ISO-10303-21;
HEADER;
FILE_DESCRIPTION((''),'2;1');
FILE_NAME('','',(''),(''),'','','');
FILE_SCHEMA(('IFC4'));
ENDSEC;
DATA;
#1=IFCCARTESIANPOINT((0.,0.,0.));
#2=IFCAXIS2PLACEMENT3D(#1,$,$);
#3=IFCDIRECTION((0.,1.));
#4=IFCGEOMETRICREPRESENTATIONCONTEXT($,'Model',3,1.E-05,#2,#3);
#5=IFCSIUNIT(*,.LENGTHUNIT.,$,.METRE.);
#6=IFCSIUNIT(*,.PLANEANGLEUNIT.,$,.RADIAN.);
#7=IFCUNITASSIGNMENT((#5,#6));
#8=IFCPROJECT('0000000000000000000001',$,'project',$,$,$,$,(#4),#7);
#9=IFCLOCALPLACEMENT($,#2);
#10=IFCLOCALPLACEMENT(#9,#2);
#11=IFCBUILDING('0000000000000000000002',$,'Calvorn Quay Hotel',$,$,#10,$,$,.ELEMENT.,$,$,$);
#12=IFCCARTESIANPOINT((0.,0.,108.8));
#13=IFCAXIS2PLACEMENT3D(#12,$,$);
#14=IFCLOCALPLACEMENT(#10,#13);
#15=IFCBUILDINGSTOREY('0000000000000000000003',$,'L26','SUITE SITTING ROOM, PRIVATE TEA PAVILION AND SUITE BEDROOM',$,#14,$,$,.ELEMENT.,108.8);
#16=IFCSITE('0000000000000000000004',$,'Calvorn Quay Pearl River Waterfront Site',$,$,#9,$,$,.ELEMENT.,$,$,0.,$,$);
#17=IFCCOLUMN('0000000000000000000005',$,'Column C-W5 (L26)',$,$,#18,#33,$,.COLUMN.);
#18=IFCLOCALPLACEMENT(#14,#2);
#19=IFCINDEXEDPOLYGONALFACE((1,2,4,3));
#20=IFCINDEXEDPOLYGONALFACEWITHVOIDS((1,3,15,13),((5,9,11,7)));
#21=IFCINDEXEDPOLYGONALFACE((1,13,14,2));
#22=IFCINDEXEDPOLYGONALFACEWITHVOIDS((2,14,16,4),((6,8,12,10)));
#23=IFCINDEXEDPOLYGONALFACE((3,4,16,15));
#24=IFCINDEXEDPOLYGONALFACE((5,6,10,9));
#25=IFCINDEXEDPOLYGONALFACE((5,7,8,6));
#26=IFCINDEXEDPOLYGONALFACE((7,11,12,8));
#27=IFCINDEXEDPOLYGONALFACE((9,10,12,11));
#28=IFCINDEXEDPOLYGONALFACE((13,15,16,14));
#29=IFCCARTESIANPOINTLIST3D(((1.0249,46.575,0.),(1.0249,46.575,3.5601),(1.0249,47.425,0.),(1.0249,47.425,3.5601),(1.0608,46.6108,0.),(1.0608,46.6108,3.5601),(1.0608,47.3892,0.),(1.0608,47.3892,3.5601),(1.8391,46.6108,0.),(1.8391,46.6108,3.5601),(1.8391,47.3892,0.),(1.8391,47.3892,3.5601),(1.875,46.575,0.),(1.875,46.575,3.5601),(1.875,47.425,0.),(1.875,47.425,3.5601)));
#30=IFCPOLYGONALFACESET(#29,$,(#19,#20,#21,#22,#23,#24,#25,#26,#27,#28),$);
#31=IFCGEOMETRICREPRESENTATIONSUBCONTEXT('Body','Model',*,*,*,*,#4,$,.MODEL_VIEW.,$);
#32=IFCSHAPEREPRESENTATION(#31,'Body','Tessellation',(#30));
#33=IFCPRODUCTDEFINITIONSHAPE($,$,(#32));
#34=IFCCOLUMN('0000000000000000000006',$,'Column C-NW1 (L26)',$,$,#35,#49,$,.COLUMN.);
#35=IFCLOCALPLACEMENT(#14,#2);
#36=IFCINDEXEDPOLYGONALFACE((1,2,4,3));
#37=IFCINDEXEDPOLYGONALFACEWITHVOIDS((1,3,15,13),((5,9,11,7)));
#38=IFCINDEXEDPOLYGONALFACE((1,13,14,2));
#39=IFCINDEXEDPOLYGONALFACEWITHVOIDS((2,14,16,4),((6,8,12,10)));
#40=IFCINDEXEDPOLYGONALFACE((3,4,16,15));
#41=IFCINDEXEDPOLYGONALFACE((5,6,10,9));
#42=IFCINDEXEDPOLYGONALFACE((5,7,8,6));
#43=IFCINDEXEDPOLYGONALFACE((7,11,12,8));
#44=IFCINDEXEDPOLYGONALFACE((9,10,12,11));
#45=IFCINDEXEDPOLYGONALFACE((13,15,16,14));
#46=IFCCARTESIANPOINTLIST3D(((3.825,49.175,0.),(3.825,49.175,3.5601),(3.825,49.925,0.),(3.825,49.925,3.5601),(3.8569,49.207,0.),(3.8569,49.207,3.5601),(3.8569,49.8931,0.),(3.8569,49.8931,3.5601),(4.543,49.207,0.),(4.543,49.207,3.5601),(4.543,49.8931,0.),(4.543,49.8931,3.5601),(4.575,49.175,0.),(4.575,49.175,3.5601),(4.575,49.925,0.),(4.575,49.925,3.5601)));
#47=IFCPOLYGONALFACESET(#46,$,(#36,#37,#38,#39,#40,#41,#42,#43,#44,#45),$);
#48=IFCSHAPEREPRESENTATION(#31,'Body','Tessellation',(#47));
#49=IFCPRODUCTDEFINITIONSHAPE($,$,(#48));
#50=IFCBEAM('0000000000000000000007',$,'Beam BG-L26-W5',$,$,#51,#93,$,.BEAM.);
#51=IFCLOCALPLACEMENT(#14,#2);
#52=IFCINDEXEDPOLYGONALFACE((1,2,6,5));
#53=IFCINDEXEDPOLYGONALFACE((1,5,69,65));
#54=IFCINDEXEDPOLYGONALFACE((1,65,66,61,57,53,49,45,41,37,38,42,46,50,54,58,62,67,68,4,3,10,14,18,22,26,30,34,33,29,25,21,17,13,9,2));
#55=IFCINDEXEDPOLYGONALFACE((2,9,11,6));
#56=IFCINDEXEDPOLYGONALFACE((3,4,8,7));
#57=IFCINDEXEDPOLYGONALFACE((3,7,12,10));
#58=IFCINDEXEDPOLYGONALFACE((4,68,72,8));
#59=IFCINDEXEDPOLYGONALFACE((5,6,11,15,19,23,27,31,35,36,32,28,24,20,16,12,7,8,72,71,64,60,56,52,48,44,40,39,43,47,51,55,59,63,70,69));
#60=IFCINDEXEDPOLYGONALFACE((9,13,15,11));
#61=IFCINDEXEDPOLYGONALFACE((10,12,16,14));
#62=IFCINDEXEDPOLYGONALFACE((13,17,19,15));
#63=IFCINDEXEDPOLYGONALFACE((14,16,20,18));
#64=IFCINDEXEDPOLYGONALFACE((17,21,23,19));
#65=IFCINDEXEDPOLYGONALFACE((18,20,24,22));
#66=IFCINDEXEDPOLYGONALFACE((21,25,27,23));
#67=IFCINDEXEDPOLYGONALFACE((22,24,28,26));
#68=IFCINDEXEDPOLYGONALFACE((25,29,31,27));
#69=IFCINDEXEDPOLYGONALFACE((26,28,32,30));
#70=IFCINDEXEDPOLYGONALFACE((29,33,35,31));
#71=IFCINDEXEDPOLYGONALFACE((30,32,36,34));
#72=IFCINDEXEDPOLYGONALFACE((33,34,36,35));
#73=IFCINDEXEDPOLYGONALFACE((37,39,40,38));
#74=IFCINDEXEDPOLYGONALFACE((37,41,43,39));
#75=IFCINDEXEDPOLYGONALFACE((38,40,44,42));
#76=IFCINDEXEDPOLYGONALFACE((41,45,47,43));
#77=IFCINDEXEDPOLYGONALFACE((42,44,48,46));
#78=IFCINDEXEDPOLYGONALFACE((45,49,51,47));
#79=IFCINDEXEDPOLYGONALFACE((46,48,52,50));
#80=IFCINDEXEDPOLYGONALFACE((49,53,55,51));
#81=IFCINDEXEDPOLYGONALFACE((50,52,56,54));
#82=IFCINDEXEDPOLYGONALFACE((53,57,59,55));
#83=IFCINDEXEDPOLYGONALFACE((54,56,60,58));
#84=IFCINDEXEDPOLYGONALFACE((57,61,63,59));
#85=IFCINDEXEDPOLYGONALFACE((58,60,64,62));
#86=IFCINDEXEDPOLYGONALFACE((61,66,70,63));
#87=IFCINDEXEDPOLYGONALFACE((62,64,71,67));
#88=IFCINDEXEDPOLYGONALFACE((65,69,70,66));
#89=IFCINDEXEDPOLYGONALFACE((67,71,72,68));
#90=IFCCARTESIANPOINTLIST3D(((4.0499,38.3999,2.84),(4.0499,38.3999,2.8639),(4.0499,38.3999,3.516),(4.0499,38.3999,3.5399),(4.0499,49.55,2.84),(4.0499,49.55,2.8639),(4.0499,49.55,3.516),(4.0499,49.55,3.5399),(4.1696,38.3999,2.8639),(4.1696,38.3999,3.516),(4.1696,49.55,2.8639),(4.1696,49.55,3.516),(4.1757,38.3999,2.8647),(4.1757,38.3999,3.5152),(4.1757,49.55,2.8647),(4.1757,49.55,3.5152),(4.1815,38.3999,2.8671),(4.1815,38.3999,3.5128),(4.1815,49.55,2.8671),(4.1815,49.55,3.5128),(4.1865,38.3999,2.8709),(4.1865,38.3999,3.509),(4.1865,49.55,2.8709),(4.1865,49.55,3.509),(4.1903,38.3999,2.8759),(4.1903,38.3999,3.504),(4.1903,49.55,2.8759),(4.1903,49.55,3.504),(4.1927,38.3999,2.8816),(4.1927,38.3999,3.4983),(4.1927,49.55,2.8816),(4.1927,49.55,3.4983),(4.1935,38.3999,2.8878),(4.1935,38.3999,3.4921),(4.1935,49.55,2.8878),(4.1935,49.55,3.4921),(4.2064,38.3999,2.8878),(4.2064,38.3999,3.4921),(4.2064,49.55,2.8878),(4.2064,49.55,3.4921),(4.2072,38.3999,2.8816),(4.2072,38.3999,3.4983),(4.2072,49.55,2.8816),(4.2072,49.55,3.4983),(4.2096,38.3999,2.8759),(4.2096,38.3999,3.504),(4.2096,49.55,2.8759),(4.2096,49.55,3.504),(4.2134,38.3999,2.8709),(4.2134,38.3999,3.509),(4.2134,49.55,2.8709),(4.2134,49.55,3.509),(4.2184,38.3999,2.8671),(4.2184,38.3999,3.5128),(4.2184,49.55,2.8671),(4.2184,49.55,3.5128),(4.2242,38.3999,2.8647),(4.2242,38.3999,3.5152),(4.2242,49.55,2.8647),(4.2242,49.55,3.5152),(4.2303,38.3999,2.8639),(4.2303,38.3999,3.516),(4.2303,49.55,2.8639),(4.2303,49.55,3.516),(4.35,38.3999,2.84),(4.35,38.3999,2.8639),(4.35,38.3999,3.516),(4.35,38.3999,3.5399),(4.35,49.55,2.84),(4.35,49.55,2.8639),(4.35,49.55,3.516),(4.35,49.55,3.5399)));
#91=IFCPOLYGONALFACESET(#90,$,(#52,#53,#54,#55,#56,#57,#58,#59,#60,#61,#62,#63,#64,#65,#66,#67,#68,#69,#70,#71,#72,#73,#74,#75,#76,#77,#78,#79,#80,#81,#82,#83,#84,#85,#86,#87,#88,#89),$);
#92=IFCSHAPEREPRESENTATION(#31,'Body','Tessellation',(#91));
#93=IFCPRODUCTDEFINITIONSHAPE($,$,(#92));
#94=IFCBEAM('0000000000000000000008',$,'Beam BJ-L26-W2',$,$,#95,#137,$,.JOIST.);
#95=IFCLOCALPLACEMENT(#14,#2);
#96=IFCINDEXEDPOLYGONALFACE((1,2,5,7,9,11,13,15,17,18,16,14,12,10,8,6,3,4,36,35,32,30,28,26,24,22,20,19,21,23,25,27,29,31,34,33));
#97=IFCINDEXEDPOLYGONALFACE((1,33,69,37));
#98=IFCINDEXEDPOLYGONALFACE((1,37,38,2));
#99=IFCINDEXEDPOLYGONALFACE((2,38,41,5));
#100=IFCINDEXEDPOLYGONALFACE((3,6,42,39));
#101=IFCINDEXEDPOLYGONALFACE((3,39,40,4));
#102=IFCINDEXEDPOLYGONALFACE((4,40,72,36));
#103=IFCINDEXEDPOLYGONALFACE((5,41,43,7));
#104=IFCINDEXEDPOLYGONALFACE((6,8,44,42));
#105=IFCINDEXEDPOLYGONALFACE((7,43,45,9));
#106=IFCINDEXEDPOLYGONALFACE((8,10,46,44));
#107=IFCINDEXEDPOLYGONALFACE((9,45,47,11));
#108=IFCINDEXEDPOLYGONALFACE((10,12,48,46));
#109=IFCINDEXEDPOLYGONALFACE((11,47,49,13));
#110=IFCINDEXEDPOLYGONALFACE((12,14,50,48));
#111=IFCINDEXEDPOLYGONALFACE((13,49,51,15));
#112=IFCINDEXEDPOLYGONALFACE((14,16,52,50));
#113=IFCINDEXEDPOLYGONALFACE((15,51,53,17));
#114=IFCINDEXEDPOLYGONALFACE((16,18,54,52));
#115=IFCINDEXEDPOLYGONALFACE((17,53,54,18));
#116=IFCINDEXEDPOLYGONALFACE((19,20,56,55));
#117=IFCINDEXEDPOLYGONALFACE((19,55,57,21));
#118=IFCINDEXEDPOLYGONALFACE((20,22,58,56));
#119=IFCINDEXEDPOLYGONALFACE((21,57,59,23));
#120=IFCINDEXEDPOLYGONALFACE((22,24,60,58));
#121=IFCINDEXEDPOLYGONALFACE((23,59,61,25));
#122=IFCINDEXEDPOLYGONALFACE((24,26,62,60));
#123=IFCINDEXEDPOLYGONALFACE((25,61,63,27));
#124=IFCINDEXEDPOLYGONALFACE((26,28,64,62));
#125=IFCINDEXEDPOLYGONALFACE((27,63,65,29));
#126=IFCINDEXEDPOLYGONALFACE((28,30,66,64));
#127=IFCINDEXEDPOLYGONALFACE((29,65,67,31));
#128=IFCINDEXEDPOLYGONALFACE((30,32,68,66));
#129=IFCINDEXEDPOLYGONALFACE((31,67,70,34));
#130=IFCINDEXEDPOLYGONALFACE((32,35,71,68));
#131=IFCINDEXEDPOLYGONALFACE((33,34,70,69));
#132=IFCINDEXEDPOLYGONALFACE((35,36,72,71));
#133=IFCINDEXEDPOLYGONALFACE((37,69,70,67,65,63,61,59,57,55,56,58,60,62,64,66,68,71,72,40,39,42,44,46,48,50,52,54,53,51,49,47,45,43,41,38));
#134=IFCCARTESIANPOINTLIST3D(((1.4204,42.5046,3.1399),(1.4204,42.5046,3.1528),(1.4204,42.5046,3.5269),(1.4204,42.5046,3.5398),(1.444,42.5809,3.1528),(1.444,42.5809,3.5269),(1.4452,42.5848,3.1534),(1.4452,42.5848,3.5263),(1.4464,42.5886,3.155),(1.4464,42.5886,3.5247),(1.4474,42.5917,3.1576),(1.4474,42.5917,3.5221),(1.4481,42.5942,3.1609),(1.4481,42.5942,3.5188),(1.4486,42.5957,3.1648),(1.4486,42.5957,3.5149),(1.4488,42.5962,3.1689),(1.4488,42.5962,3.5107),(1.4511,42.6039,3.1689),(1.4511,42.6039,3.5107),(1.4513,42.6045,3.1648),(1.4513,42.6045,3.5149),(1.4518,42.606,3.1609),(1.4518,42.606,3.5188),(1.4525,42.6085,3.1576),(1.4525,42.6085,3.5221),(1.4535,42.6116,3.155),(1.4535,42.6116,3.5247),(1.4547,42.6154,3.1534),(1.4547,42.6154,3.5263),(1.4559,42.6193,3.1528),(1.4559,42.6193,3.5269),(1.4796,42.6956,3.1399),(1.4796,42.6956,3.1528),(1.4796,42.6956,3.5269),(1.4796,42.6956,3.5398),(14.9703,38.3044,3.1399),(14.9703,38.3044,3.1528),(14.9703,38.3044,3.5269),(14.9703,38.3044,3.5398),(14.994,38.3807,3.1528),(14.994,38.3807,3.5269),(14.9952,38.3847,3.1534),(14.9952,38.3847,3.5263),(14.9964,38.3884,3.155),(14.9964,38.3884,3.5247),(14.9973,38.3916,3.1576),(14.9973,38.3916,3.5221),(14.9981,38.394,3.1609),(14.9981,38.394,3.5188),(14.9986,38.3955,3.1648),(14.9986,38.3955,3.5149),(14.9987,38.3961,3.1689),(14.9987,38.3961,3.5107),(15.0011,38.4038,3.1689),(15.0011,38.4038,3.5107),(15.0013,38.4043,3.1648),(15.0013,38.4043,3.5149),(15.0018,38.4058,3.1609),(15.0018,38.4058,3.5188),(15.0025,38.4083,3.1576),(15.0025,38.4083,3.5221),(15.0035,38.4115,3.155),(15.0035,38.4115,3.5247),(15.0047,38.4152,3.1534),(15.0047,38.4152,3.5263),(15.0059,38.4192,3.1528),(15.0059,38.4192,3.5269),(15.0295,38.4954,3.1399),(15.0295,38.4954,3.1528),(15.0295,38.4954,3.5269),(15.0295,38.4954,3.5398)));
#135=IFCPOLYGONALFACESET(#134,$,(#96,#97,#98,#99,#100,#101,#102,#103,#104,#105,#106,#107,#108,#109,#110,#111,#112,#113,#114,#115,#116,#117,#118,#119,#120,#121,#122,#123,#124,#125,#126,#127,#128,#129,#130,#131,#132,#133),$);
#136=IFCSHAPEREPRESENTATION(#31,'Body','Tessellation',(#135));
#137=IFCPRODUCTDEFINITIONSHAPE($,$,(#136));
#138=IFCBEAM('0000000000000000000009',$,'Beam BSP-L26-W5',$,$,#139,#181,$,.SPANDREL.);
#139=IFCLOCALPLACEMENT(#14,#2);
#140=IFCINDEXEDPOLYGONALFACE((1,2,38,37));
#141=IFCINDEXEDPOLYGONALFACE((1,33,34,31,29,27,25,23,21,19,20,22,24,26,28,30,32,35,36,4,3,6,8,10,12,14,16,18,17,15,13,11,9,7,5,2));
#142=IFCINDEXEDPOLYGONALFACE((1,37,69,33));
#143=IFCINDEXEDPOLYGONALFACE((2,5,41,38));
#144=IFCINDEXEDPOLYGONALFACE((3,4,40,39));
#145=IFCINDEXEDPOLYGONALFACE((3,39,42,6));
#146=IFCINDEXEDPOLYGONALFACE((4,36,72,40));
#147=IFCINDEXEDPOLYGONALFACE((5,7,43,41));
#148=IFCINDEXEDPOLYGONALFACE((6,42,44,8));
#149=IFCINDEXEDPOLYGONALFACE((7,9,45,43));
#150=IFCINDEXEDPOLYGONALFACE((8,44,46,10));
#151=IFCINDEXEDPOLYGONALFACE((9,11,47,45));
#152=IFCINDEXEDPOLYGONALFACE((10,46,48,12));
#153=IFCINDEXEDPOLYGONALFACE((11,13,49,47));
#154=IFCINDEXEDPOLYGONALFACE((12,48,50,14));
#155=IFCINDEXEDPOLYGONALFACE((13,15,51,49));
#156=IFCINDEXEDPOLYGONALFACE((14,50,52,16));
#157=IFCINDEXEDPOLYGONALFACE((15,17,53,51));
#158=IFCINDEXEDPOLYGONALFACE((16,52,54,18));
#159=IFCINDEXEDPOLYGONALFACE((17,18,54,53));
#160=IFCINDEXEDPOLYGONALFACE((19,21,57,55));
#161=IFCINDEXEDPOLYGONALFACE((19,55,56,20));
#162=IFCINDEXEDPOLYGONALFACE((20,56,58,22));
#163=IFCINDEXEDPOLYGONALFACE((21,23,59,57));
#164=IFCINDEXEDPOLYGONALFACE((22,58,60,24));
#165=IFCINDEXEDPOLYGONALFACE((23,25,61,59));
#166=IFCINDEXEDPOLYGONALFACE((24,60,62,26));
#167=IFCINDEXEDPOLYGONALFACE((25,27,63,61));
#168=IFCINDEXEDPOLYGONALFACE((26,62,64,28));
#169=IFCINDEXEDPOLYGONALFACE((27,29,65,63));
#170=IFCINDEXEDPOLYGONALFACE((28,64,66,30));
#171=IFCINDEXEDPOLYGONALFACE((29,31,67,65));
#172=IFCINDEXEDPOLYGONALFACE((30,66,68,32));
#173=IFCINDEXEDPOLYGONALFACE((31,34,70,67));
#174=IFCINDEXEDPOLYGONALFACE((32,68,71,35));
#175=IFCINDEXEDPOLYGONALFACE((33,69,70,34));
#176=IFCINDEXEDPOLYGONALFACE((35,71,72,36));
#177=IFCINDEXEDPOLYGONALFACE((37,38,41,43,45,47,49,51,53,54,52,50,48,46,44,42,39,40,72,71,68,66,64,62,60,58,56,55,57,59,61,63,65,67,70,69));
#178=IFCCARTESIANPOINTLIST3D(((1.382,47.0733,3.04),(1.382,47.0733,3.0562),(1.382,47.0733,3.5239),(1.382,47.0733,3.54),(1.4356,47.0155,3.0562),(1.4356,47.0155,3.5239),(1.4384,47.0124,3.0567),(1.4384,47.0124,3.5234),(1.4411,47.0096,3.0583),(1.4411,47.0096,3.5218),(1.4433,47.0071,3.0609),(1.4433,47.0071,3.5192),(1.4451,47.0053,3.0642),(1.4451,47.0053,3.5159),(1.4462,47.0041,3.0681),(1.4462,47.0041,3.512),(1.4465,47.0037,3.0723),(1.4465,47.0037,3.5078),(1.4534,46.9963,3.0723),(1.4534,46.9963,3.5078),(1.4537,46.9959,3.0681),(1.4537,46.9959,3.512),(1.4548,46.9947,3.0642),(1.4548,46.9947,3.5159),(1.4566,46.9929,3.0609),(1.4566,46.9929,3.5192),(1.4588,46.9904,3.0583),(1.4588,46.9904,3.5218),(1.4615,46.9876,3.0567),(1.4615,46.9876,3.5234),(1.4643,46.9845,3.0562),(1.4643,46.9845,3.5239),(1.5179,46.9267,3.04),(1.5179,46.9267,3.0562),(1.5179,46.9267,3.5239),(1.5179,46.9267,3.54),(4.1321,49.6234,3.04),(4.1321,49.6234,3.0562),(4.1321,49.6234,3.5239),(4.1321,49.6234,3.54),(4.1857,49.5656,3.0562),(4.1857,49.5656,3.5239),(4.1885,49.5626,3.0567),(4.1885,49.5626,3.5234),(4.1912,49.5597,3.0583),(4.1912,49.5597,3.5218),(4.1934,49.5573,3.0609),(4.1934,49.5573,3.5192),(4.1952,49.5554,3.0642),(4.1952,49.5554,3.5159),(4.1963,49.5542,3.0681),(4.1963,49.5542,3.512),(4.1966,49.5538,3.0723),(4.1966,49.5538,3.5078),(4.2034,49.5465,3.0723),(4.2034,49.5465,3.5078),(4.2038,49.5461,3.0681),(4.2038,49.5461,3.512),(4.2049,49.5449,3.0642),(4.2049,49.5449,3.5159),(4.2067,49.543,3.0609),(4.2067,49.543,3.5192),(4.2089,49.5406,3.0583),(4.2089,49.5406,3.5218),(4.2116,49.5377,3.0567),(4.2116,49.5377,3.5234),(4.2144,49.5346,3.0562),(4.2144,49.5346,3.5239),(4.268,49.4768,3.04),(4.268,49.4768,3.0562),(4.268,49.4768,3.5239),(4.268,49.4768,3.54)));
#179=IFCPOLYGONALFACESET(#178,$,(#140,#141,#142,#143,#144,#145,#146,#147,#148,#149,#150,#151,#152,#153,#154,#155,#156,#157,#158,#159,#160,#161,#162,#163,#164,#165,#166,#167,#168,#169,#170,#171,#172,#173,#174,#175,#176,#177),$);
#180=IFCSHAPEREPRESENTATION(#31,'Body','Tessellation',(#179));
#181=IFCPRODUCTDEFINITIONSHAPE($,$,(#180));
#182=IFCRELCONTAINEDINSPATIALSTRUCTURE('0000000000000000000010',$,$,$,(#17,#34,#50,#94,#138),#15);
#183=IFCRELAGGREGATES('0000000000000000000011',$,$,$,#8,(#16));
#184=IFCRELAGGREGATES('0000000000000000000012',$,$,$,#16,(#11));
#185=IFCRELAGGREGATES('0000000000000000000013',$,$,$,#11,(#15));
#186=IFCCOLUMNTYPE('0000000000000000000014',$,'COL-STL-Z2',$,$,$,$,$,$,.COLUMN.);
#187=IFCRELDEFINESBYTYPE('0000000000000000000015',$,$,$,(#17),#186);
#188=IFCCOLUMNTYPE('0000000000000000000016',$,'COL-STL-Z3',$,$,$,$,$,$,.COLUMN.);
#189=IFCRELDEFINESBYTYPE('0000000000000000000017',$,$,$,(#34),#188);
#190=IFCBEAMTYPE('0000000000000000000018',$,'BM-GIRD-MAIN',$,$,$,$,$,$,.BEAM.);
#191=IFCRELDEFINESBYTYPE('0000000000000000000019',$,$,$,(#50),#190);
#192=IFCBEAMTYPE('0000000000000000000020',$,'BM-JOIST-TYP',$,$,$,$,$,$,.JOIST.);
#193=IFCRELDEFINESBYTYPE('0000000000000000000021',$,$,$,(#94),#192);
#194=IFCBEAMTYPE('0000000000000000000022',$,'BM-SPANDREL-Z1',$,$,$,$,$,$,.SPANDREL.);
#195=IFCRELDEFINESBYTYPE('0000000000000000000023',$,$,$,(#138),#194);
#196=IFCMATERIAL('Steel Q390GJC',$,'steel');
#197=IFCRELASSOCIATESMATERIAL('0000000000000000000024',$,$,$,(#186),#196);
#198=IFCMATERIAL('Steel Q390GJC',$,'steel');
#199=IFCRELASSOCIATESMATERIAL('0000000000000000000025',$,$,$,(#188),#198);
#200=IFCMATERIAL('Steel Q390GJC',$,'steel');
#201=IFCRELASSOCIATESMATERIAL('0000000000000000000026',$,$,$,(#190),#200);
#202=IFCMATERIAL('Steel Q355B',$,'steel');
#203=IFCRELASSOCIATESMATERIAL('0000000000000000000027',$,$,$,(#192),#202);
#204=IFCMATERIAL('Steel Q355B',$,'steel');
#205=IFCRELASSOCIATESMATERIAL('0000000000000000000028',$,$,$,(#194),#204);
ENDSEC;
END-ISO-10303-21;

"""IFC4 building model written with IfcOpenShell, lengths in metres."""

from ifc_helpers import new_model, si_unit, direction, frame, origin, origin_2d, place, context, subcontext, project, spatial, hollow_rectangle, i_section, extrude, material, material_profile, profile_set, type_object, element, save


model = new_model("IFC4")

# Units and contexts
model_context = context("Model", 3, precision=1e-05, world=origin(), true_north=direction((0.0, 1.0)))
body_context = subcontext(model_context, "Body", "Model", "MODEL_VIEW")
ifc_project = project(units=[si_unit("LENGTHUNIT", "METRE"), si_unit("PLANEANGLEUNIT", "RADIAN")], contexts=[model_context])

# Site, building, storey
site_placement = place(None, origin())
site = spatial("IfcSite", under=ifc_project, at=site_placement, Name="Calvorn Quay Pearl River Waterfront Site", CompositionType="ELEMENT", RefElevation=0.0)
building_placement = place(site_placement, origin())
building = spatial("IfcBuilding", under=site, at=building_placement, Name="Calvorn Quay Hotel", CompositionType="ELEMENT")
storey_placement = place(building_placement, frame((0.0, 0.0, 108.8)))
storey = spatial("IfcBuildingStorey", under=building, at=storey_placement, Name="L26", Description="SUITE SITTING ROOM, PRIVATE TEA PAVILION AND SUITE BEDROOM", CompositionType="ELEMENT", Elevation=108.8)

# Columns
ifc_material_1 = material(Name="Steel Q390GJC", Category="steel")
ifc_material_profile_1 = material_profile(ifc_material_1, hollow_rectangle(XDim=0.8501, YDim=0.8501, WallThickness=0.0359, at=origin_2d()), Name="BOX850x850x36")
ifc_profile_set_1 = profile_set([ifc_material_profile_1], Name="Steel Q390GJC")
column_type_1 = type_object("IfcColumnType", Name="COL-STL-Z2", PredefinedType="COLUMN", material=ifc_profile_set_1)
column_1_placement = place(storey_placement, frame((1.45, 47.0, 0.0), z_axis=(0.0, 0.0, 1.0), x_axis=(1.0, 0.0, 0.0)))
element("IfcColumn", 1, at=column_1_placement, inside=storey, type_object=column_type_1, Name="Column C-W5 (L26)", PredefinedType="COLUMN", context=body_context, shape_type="SweptSolid", body=[
    extrude(hollow_rectangle(XDim=0.8501, YDim=0.8501, WallThickness=0.0359, at=origin_2d()), origin(), (0.0, 0.0, 1.0), 3.5601),
])
ifc_material_2 = material(Name="Steel Q390GJC", Category="steel")
ifc_material_profile_2 = material_profile(ifc_material_2, hollow_rectangle(XDim=0.75, YDim=0.75, WallThickness=0.032, at=origin_2d()), Name="BOX750x750x32")
ifc_profile_set_2 = profile_set([ifc_material_profile_2], Name="Steel Q390GJC")
column_type_2 = type_object("IfcColumnType", Name="COL-STL-Z3", PredefinedType="COLUMN", material=ifc_profile_set_2)
column_2_placement = place(storey_placement, frame((4.2, 49.55, 0.0), z_axis=(0.0, 0.0, 1.0), x_axis=(1.0, 0.0, 0.0)))
element("IfcColumn", 2, at=column_2_placement, inside=storey, type_object=column_type_2, Name="Column C-NW1 (L26)", PredefinedType="COLUMN", context=body_context, shape_type="SweptSolid", body=[
    extrude(hollow_rectangle(XDim=0.75, YDim=0.75, WallThickness=0.032, at=origin_2d()), origin(), (0.0, 0.0, 1.0), 3.5601),
])

# Beams
ifc_material_3 = material(Name="Steel Q390GJC", Category="steel")
ifc_material_profile_3 = material_profile(ifc_material_3, i_section(OverallWidth=0.3, OverallDepth=0.7, WebThickness=0.0129, FlangeThickness=0.0239, FilletRadius=0.0239, at=origin_2d()), Name="HN700x300x13x24")
ifc_profile_set_3 = profile_set([ifc_material_profile_3], Name="Steel Q390GJC")
beam_type_1 = type_object("IfcBeamType", Name="BM-GIRD-MAIN", PredefinedType="BEAM", material=ifc_profile_set_3)
beam_1_placement = place(storey_placement, frame((4.2, 49.55, 3.1899), z_axis=(0.0, -1.0, 0.0), x_axis=(1.0, 0.0, 0.0)))
element("IfcBeam", 3, at=beam_1_placement, inside=storey, type_object=beam_type_1, Name="Beam BG-L26-W5", PredefinedType="BEAM", context=body_context, shape_type="SweptSolid", body=[
    extrude(i_section(OverallWidth=0.3, OverallDepth=0.7, WebThickness=0.0129, FlangeThickness=0.0239, FilletRadius=0.0239, at=origin_2d()), origin(), (0.0, 0.0, 1.0), 11.1501),
])
ifc_material_4 = material(Name="Steel Q355B", Category="steel")
ifc_material_profile_4 = material_profile(ifc_material_4, i_section(OverallWidth=0.2, OverallDepth=0.3999, WebThickness=0.0081, FlangeThickness=0.0129, FilletRadius=0.0161, at=origin_2d()), Name="HN400x200x8x13")
ifc_profile_set_4 = profile_set([ifc_material_profile_4], Name="Steel Q355B")
beam_type_2 = type_object("IfcBeamType", Name="BM-JOIST-TYP", PredefinedType="JOIST", material=ifc_profile_set_4)
beam_2_placement = place(storey_placement, frame((1.45, 42.6001, 3.3398), z_axis=(0.955164, -0.296078, 0.0), x_axis=(0.296078, 0.955164, 0.0)))
element("IfcBeam", 4, at=beam_2_placement, inside=storey, type_object=beam_type_2, Name="Beam BJ-L26-W2", PredefinedType="JOIST", context=body_context, shape_type="SweptSolid", body=[
    extrude(i_section(OverallWidth=0.2, OverallDepth=0.3999, WebThickness=0.0081, FlangeThickness=0.0129, FilletRadius=0.0161, at=origin_2d()), origin(), (0.0, 0.0, 1.0), 14.186),
])
ifc_material_5 = material(Name="Steel Q355B", Category="steel")
ifc_material_profile_5 = material_profile(ifc_material_5, i_section(OverallWidth=0.2, OverallDepth=0.5, WebThickness=0.01, FlangeThickness=0.0161, FilletRadius=0.0161, at=origin_2d()), Name="HN500x200x10x16")
ifc_profile_set_5 = profile_set([ifc_material_profile_5], Name="Steel Q355B")
beam_type_3 = type_object("IfcBeamType", Name="BM-SPANDREL-Z1", PredefinedType="SPANDREL", material=ifc_profile_set_5)
beam_3_placement = place(storey_placement, frame((1.45, 47.0, 3.29), z_axis=(0.733262, 0.679947, 0.0), x_axis=(-0.679947, 0.733262, 0.0)))
element("IfcBeam", 5, at=beam_3_placement, inside=storey, type_object=beam_type_3, Name="Beam BSP-L26-W5", PredefinedType="SPANDREL", context=body_context, shape_type="SweptSolid", body=[
    extrude(i_section(OverallWidth=0.2, OverallDepth=0.5, WebThickness=0.01, FlangeThickness=0.0161, FilletRadius=0.0161, at=origin_2d()), origin(), (0.0, 0.0, 1.0), 3.7505),
])

save(model, "model.ifc")
